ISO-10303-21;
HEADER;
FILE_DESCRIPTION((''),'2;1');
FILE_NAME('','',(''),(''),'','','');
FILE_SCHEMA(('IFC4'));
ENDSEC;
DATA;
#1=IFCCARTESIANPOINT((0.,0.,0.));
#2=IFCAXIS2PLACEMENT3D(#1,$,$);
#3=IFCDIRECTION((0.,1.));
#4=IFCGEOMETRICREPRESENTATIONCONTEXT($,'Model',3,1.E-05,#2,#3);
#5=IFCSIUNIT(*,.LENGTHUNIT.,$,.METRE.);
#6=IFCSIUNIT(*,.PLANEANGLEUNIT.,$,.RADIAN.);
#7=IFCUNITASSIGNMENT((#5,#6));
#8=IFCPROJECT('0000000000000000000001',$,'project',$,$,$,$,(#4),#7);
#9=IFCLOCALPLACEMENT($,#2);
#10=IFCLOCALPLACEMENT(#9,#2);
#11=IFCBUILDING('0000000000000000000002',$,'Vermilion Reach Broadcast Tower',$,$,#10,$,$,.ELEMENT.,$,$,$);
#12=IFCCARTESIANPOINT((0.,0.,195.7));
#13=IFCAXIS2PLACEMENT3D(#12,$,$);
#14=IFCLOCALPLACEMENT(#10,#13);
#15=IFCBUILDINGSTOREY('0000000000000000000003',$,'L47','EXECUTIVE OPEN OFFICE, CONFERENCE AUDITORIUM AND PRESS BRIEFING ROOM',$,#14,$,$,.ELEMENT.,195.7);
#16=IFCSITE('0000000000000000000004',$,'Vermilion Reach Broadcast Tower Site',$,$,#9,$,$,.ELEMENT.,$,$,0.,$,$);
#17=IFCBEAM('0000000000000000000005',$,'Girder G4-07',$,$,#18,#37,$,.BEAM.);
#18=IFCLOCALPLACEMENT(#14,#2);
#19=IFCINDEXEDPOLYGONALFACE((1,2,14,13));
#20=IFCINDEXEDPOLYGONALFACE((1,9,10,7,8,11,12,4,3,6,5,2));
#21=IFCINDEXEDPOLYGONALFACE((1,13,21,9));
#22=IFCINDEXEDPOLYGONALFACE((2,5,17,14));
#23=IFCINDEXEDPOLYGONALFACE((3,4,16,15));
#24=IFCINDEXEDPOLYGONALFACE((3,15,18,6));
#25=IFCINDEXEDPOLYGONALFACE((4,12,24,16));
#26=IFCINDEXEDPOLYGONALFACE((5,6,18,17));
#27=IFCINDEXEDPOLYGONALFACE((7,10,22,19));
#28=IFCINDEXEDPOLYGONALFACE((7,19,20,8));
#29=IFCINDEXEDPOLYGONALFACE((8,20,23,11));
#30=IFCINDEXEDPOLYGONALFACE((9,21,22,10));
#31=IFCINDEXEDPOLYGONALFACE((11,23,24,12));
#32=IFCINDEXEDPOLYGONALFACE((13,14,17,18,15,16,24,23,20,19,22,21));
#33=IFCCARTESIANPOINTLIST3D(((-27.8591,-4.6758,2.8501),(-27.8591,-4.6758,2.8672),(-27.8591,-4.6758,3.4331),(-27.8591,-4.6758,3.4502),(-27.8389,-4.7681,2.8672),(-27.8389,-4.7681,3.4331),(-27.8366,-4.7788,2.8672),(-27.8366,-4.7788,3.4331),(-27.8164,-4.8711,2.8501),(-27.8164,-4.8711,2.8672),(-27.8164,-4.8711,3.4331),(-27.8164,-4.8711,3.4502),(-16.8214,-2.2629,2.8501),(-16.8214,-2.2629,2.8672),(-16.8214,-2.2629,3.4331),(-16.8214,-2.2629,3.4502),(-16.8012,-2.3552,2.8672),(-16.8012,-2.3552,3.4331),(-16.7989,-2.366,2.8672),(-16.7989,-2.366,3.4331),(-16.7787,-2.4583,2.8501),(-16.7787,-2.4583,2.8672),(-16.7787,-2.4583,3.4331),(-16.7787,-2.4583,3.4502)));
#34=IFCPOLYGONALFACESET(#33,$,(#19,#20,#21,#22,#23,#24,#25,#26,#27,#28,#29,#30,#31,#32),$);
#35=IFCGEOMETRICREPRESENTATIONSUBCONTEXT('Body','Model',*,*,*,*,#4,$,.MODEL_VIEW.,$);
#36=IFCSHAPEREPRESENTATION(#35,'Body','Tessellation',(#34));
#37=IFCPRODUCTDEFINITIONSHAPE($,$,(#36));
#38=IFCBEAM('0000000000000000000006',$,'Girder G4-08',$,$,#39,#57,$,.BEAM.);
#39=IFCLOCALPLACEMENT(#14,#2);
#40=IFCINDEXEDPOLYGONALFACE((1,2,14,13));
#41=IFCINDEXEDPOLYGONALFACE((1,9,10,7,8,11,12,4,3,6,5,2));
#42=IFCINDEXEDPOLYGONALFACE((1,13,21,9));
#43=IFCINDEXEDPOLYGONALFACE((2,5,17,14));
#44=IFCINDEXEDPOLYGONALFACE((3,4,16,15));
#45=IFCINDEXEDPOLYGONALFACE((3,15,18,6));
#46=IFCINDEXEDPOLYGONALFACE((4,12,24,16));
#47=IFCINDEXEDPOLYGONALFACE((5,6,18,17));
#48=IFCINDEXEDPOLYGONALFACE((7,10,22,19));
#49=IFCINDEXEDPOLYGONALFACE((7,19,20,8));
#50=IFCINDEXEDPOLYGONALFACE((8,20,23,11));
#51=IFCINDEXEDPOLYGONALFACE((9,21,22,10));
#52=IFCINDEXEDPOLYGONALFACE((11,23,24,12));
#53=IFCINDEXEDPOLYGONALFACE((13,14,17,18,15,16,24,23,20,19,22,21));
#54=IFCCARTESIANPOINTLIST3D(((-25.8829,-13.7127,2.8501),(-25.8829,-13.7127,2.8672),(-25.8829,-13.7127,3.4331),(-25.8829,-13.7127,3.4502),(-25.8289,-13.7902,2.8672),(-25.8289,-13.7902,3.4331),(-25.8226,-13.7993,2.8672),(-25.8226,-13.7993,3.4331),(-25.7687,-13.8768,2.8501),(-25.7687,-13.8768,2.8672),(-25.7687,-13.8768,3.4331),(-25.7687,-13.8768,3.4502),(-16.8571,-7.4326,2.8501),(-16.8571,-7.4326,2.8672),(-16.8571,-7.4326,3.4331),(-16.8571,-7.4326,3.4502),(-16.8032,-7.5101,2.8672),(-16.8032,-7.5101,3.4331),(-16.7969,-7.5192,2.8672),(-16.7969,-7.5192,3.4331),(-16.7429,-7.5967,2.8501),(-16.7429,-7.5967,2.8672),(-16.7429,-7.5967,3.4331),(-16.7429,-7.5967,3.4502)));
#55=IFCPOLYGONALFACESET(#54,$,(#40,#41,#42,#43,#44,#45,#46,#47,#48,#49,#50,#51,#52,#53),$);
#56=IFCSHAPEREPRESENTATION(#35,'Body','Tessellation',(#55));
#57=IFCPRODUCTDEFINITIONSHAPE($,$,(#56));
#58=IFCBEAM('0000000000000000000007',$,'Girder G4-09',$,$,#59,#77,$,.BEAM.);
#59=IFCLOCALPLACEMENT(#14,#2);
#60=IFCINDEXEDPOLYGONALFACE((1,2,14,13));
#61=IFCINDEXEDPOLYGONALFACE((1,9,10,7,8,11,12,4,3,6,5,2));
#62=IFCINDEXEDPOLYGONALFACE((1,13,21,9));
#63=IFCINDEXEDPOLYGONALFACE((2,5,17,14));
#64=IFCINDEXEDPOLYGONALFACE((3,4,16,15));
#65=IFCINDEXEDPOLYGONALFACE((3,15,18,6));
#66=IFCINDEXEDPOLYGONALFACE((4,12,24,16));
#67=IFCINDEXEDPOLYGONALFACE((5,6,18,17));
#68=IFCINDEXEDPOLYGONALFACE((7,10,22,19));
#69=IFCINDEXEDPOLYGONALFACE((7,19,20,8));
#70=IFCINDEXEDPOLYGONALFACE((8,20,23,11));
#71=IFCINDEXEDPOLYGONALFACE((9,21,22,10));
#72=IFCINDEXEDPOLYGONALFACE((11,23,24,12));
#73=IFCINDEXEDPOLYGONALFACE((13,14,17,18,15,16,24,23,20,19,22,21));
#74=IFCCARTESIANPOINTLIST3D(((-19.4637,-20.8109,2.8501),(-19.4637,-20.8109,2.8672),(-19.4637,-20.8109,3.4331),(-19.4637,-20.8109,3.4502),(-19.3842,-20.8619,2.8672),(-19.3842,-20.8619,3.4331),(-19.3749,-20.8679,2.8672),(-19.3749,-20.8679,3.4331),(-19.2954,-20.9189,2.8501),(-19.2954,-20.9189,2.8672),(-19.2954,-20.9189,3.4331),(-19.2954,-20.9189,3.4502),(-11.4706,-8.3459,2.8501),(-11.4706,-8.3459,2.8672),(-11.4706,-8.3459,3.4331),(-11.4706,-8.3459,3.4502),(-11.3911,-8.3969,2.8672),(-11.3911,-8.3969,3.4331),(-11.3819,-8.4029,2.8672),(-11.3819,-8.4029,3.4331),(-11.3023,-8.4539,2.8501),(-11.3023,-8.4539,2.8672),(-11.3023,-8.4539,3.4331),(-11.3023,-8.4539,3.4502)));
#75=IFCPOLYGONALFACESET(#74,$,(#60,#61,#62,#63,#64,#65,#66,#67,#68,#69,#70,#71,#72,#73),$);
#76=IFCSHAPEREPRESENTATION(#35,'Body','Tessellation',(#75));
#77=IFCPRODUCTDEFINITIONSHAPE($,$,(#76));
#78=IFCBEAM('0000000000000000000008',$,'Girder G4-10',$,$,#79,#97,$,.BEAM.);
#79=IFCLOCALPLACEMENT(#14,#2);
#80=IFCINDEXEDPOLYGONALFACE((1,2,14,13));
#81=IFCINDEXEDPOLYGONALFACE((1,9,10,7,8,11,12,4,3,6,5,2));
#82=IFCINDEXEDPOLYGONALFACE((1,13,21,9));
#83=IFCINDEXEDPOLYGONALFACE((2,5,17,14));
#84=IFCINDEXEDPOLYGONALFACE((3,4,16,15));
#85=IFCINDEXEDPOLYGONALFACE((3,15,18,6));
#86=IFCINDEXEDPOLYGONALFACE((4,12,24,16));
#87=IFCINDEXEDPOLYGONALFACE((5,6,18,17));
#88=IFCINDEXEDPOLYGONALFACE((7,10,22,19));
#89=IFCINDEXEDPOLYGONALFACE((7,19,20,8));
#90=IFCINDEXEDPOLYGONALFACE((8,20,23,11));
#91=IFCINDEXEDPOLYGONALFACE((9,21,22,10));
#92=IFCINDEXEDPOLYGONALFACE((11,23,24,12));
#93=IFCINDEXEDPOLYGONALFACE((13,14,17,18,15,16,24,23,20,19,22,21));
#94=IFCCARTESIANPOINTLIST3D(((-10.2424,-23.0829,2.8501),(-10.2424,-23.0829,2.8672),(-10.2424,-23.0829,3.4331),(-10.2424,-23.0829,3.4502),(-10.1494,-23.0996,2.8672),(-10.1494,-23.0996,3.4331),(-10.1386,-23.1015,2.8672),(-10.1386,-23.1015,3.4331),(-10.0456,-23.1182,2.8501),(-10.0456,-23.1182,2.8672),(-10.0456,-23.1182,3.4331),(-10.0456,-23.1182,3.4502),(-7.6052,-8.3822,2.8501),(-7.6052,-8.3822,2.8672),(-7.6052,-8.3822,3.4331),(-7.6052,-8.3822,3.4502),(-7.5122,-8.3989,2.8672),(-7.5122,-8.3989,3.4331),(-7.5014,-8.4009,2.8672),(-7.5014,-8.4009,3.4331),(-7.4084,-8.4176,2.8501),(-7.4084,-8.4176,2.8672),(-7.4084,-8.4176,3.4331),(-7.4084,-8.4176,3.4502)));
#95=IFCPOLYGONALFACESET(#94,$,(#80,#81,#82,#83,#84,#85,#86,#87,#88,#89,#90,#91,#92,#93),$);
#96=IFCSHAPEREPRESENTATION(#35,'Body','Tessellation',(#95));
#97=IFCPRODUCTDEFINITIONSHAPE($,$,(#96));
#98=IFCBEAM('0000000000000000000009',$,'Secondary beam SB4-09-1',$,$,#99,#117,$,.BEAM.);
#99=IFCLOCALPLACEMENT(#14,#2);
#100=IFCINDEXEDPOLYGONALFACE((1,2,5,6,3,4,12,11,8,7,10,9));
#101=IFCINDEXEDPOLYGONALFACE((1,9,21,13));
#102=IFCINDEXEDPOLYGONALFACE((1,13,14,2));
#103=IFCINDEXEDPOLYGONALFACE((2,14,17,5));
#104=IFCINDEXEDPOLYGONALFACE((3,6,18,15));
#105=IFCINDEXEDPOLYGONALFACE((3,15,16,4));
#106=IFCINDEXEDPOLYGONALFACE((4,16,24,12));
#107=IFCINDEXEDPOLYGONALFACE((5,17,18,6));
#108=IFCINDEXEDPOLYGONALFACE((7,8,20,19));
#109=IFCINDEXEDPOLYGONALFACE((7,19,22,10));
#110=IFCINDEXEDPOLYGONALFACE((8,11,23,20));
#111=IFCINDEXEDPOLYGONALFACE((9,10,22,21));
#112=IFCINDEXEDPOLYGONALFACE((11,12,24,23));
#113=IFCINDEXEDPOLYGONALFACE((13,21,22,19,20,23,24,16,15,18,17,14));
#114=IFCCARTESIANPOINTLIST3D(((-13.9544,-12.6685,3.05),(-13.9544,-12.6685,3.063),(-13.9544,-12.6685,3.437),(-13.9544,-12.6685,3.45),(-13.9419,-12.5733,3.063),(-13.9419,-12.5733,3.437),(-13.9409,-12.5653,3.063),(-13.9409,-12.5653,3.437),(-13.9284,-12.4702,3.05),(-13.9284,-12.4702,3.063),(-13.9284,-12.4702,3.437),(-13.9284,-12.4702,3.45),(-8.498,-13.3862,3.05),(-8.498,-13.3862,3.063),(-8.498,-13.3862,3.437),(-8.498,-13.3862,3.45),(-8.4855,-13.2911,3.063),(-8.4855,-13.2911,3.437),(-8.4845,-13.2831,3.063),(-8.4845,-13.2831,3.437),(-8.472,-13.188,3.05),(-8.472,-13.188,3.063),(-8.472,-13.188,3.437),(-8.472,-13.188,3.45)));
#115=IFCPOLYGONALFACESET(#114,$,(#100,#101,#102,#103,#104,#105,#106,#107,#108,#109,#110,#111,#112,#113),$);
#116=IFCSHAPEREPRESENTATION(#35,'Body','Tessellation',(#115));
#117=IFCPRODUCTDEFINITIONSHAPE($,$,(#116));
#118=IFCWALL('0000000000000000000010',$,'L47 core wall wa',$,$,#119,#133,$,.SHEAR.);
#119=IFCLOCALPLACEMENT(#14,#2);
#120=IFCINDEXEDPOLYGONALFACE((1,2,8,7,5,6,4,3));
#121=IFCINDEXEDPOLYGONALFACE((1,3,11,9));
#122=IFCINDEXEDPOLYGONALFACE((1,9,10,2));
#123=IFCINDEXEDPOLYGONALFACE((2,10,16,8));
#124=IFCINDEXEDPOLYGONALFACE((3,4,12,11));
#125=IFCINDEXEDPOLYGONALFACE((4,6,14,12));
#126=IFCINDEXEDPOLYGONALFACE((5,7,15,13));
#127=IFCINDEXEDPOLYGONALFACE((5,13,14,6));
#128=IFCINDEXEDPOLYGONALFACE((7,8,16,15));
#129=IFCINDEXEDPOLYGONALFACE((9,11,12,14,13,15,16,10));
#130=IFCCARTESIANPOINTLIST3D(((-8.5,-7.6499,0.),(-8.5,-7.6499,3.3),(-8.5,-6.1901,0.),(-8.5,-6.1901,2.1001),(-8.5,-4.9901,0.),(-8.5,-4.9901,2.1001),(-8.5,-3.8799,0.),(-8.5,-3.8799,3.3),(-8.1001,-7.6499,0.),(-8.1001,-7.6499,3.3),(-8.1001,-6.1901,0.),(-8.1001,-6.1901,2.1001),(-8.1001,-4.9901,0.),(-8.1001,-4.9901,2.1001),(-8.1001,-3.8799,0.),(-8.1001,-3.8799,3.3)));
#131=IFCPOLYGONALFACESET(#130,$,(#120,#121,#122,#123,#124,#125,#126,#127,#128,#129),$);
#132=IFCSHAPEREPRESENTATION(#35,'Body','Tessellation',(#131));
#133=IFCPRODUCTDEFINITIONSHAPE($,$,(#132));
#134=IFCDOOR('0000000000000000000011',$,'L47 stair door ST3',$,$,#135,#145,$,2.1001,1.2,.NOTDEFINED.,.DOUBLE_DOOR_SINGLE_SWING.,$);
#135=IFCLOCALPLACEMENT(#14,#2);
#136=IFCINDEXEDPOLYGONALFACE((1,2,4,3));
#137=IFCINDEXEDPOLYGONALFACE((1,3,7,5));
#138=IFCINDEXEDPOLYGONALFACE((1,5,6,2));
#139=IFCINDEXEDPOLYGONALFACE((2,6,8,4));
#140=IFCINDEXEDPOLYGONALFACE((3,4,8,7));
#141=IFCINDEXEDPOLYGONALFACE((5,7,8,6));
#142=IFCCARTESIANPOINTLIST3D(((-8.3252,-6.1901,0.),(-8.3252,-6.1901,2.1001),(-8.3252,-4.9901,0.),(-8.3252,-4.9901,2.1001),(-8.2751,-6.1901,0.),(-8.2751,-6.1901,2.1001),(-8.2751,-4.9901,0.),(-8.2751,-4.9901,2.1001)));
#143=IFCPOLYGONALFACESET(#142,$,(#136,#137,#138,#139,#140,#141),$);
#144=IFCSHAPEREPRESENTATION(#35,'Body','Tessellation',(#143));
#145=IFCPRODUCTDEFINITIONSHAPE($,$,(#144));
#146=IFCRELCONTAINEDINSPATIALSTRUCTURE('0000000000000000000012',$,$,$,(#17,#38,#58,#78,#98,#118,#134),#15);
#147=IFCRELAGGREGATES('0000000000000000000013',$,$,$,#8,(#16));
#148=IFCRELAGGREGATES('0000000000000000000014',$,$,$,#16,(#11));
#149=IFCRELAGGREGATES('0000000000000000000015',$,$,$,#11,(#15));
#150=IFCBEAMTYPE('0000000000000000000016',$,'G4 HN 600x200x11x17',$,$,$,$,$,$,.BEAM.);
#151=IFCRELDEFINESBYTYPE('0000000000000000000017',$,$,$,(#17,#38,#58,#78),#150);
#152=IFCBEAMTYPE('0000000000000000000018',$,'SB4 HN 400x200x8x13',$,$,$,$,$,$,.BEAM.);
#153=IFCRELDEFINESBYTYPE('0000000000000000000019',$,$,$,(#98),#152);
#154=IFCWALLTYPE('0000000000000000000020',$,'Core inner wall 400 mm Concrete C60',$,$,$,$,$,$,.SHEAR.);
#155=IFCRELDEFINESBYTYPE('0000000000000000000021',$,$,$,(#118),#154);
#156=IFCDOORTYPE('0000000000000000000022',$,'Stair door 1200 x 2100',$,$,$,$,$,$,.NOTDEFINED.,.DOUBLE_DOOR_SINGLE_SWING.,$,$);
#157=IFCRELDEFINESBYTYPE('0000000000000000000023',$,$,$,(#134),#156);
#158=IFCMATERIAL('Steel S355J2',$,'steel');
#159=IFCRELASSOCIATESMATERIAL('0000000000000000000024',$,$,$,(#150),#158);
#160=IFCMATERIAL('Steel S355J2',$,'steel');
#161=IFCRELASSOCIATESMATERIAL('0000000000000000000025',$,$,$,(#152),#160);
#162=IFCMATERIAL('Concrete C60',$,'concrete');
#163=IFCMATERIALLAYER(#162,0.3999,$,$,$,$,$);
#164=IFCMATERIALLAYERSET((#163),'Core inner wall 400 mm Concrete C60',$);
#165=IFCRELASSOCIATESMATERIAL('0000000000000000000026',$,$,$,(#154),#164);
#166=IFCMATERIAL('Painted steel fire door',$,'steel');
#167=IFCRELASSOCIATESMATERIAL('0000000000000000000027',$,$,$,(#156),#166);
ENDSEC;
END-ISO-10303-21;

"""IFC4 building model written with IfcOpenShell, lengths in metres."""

from ifc_helpers import new_model, si_unit, direction, frame, frame_2d, origin, origin_2d, place, context, subcontext, project, spatial, rectangle, i_section, extrude, material, layer, layer_set, material_profile, profile_set, type_object, element, fill, save


model = new_model("IFC4")

# Units and contexts
model_context = context("Model", 3, precision=1e-05, world=origin(), true_north=direction((0.0, 1.0)))
body_context = subcontext(model_context, "Body", "Model", "MODEL_VIEW")
ifc_project = project(units=[si_unit("LENGTHUNIT", "METRE"), si_unit("PLANEANGLEUNIT", "RADIAN")], contexts=[model_context])

# Site, building, storey
site_placement = place(None, origin())
site = spatial("IfcSite", under=ifc_project, at=site_placement, Name="Vermilion Reach Broadcast Tower Site", CompositionType="ELEMENT", RefElevation=0.0)
building_placement = place(site_placement, origin())
building = spatial("IfcBuilding", under=site, at=building_placement, Name="Vermilion Reach Broadcast Tower", CompositionType="ELEMENT")
storey_placement = place(building_placement, frame((0.0, 0.0, 195.7)))
storey = spatial("IfcBuildingStorey", under=building, at=storey_placement, Name="L47", Description="EXECUTIVE OPEN OFFICE, CONFERENCE AUDITORIUM AND PRESS BRIEFING ROOM", CompositionType="ELEMENT", Elevation=195.7)

# Beams
ifc_material_1 = material(Name="Steel S355J2", Category="steel")
ifc_material_profile_1 = material_profile(ifc_material_1, i_section(OverallWidth=0.2, OverallDepth=0.6001, WebThickness=0.011, FlangeThickness=0.0171, at=origin_2d()), Name="S355J2 HN 600x200x11x17")
ifc_profile_set_1 = profile_set([ifc_material_profile_1], Name="Steel S355J2")
beam_type_1 = type_object("IfcBeamType", Name="G4 HN 600x200x11x17", PredefinedType="BEAM", material=ifc_profile_set_1)
beam_1_placement = place(storey_placement, frame((-16.8, -2.3606, 3.1501), z_axis=(-0.97693, -0.213559, 0.0), x_axis=(0.213559, -0.97693, 0.0)))
element("IfcBeam", 1, at=beam_1_placement, inside=storey, type_object=beam_type_1, Name="Girder G4-07", PredefinedType="BEAM", context=body_context, shape_type="SweptSolid", body=[
    extrude(i_section(OverallWidth=0.2, OverallDepth=0.6001, WebThickness=0.011, FlangeThickness=0.0171, at=origin_2d()), origin(), (0.0, 0.0, 1.0), 11.2983),
])
beam_2_placement = place(storey_placement, frame((-16.8, -7.5146, 3.1501), z_axis=(-0.820849, -0.571146, 0.0), x_axis=(0.571146, -0.820849, 0.0)))
element("IfcBeam", 2, at=beam_2_placement, inside=storey, type_object=beam_type_1, Name="Girder G4-08", PredefinedType="BEAM", context=body_context, shape_type="SweptSolid", body=[
    extrude(i_section(OverallWidth=0.2, OverallDepth=0.6001, WebThickness=0.011, FlangeThickness=0.0171, at=origin_2d()), origin(), (0.0, 0.0, 1.0), 10.9956),
])
beam_3_placement = place(storey_placement, frame((-11.3865, -8.3999, 3.1501), z_axis=(-0.539796, -0.841796, 0.0), x_axis=(0.841796, -0.539796, 0.0)))
element("IfcBeam", 3, at=beam_3_placement, inside=storey, type_object=beam_type_1, Name="Girder G4-09", PredefinedType="BEAM", context=body_context, shape_type="SweptSolid", body=[
    extrude(i_section(OverallWidth=0.2, OverallDepth=0.6001, WebThickness=0.011, FlangeThickness=0.0171, at=origin_2d()), origin(), (0.0, 0.0, 1.0), 14.8076),
])
beam_4_placement = place(storey_placement, frame((-7.5068, -8.3999, 3.1501), z_axis=(-0.176575, -0.984287, 0.0), x_axis=(0.984287, -0.176575, 0.0)))
element("IfcBeam", 4, at=beam_4_placement, inside=storey, type_object=beam_type_1, Name="Girder G4-10", PredefinedType="BEAM", context=body_context, shape_type="SweptSolid", body=[
    extrude(i_section(OverallWidth=0.2, OverallDepth=0.6001, WebThickness=0.011, FlangeThickness=0.0171, at=origin_2d()), origin(), (0.0, 0.0, 1.0), 14.9353),
])
ifc_material_2 = material(Name="Steel S355J2", Category="steel")
ifc_material_profile_2 = material_profile(ifc_material_2, i_section(OverallWidth=0.2, OverallDepth=0.3999, WebThickness=0.0081, FlangeThickness=0.0129, at=origin_2d()), Name="S355J2 HN 400x200x8x13")
ifc_profile_set_2 = profile_set([ifc_material_profile_2], Name="Steel S355J2")
beam_type_2 = type_object("IfcBeamType", Name="SB4 HN 400x200x8x13", PredefinedType="BEAM", material=ifc_profile_set_2)
beam_5_placement = place(storey_placement, frame((-13.9414, -12.5693, 3.25), z_axis=(0.991458, -0.130426, 0.0), x_axis=(0.130426, 0.991458, 0.0)))
element("IfcBeam", 5, at=beam_5_placement, inside=storey, type_object=beam_type_2, Name="Secondary beam SB4-09-1", PredefinedType="BEAM", context=body_context, shape_type="SweptSolid", body=[
    extrude(i_section(OverallWidth=0.2, OverallDepth=0.3999, WebThickness=0.0081, FlangeThickness=0.0129, at=origin_2d()), origin(), (0.0, 0.0, 1.0), 5.5034),
])

# Wall, opening, door
ifc_material_3 = material(Name="Concrete C60", Category="concrete")
ifc_layer_1 = layer(ifc_material_3, 0.3999)
ifc_layer_set_1 = layer_set([ifc_layer_1], Name="Core inner wall 400 mm Concrete C60")
wall_type_1 = type_object("IfcWallType", Name="Core inner wall 400 mm Concrete C60", PredefinedType="SHEAR", material=ifc_layer_set_1)
wall_1_placement = place(storey_placement, frame((-8.3, -3.8799, 0.0), z_axis=(0.0, 0.0, 1.0), x_axis=(0.0, -1.0, 0.0)))
wall_1 = element("IfcWall", 6, at=wall_1_placement, inside=storey, type_object=wall_type_1, Name="L47 core wall wa", PredefinedType="SHEAR", context=body_context, shape_type="SweptSolid", body=[
    extrude(rectangle(XDim=3.77, YDim=0.3999, at=frame_2d((1.885, 0.0))), origin(), (0.0, 0.0, 1.0), 3.3),
])
opening_1_placement = place(wall_1_placement, frame((1.1101, 0.0, 0.0)))
opening_1 = element("IfcOpeningElement", 7, at=opening_1_placement, cuts=wall_1, PredefinedType="OPENING", context=body_context, shape_type="SweptSolid", body=[
    extrude(rectangle(XDim=1.2, YDim=2.1001, at=frame_2d((0.6001, 1.05))), frame((0.0, 0.21, 0.0), z_axis=(0.0, -1.0, 0.0), x_axis=(1.0, 0.0, 0.0)), (0.0, 0.0, 1.0), 0.4199),
])
ifc_material_4 = material(Name="Painted steel fire door", Category="steel")
door_type_1 = type_object("IfcDoorType", Name="Stair door 1200 x 2100", OperationType="DOUBLE_DOOR_SINGLE_SWING", PredefinedType="NOTDEFINED", material=ifc_material_4)
door_1_placement = place(opening_1_placement, origin())
door_1 = element("IfcDoor", 8, at=door_1_placement, inside=storey, type_object=door_type_1, Name="L47 stair door ST3", OperationType="DOUBLE_DOOR_SINGLE_SWING", OverallHeight=2.1001, OverallWidth=1.2, PredefinedType="NOTDEFINED", context=body_context, shape_type="SweptSolid", body=[
    extrude(rectangle(XDim=1.2, YDim=2.1001, at=frame_2d((0.6001, 1.05))), frame((0.0, 0.0249, 0.0), z_axis=(0.0, -1.0, 0.0), x_axis=(1.0, 0.0, 0.0)), (0.0, 0.0, 1.0), 0.05),
])
fill(opening_1, door_1)

save(model, "model.ifc")
